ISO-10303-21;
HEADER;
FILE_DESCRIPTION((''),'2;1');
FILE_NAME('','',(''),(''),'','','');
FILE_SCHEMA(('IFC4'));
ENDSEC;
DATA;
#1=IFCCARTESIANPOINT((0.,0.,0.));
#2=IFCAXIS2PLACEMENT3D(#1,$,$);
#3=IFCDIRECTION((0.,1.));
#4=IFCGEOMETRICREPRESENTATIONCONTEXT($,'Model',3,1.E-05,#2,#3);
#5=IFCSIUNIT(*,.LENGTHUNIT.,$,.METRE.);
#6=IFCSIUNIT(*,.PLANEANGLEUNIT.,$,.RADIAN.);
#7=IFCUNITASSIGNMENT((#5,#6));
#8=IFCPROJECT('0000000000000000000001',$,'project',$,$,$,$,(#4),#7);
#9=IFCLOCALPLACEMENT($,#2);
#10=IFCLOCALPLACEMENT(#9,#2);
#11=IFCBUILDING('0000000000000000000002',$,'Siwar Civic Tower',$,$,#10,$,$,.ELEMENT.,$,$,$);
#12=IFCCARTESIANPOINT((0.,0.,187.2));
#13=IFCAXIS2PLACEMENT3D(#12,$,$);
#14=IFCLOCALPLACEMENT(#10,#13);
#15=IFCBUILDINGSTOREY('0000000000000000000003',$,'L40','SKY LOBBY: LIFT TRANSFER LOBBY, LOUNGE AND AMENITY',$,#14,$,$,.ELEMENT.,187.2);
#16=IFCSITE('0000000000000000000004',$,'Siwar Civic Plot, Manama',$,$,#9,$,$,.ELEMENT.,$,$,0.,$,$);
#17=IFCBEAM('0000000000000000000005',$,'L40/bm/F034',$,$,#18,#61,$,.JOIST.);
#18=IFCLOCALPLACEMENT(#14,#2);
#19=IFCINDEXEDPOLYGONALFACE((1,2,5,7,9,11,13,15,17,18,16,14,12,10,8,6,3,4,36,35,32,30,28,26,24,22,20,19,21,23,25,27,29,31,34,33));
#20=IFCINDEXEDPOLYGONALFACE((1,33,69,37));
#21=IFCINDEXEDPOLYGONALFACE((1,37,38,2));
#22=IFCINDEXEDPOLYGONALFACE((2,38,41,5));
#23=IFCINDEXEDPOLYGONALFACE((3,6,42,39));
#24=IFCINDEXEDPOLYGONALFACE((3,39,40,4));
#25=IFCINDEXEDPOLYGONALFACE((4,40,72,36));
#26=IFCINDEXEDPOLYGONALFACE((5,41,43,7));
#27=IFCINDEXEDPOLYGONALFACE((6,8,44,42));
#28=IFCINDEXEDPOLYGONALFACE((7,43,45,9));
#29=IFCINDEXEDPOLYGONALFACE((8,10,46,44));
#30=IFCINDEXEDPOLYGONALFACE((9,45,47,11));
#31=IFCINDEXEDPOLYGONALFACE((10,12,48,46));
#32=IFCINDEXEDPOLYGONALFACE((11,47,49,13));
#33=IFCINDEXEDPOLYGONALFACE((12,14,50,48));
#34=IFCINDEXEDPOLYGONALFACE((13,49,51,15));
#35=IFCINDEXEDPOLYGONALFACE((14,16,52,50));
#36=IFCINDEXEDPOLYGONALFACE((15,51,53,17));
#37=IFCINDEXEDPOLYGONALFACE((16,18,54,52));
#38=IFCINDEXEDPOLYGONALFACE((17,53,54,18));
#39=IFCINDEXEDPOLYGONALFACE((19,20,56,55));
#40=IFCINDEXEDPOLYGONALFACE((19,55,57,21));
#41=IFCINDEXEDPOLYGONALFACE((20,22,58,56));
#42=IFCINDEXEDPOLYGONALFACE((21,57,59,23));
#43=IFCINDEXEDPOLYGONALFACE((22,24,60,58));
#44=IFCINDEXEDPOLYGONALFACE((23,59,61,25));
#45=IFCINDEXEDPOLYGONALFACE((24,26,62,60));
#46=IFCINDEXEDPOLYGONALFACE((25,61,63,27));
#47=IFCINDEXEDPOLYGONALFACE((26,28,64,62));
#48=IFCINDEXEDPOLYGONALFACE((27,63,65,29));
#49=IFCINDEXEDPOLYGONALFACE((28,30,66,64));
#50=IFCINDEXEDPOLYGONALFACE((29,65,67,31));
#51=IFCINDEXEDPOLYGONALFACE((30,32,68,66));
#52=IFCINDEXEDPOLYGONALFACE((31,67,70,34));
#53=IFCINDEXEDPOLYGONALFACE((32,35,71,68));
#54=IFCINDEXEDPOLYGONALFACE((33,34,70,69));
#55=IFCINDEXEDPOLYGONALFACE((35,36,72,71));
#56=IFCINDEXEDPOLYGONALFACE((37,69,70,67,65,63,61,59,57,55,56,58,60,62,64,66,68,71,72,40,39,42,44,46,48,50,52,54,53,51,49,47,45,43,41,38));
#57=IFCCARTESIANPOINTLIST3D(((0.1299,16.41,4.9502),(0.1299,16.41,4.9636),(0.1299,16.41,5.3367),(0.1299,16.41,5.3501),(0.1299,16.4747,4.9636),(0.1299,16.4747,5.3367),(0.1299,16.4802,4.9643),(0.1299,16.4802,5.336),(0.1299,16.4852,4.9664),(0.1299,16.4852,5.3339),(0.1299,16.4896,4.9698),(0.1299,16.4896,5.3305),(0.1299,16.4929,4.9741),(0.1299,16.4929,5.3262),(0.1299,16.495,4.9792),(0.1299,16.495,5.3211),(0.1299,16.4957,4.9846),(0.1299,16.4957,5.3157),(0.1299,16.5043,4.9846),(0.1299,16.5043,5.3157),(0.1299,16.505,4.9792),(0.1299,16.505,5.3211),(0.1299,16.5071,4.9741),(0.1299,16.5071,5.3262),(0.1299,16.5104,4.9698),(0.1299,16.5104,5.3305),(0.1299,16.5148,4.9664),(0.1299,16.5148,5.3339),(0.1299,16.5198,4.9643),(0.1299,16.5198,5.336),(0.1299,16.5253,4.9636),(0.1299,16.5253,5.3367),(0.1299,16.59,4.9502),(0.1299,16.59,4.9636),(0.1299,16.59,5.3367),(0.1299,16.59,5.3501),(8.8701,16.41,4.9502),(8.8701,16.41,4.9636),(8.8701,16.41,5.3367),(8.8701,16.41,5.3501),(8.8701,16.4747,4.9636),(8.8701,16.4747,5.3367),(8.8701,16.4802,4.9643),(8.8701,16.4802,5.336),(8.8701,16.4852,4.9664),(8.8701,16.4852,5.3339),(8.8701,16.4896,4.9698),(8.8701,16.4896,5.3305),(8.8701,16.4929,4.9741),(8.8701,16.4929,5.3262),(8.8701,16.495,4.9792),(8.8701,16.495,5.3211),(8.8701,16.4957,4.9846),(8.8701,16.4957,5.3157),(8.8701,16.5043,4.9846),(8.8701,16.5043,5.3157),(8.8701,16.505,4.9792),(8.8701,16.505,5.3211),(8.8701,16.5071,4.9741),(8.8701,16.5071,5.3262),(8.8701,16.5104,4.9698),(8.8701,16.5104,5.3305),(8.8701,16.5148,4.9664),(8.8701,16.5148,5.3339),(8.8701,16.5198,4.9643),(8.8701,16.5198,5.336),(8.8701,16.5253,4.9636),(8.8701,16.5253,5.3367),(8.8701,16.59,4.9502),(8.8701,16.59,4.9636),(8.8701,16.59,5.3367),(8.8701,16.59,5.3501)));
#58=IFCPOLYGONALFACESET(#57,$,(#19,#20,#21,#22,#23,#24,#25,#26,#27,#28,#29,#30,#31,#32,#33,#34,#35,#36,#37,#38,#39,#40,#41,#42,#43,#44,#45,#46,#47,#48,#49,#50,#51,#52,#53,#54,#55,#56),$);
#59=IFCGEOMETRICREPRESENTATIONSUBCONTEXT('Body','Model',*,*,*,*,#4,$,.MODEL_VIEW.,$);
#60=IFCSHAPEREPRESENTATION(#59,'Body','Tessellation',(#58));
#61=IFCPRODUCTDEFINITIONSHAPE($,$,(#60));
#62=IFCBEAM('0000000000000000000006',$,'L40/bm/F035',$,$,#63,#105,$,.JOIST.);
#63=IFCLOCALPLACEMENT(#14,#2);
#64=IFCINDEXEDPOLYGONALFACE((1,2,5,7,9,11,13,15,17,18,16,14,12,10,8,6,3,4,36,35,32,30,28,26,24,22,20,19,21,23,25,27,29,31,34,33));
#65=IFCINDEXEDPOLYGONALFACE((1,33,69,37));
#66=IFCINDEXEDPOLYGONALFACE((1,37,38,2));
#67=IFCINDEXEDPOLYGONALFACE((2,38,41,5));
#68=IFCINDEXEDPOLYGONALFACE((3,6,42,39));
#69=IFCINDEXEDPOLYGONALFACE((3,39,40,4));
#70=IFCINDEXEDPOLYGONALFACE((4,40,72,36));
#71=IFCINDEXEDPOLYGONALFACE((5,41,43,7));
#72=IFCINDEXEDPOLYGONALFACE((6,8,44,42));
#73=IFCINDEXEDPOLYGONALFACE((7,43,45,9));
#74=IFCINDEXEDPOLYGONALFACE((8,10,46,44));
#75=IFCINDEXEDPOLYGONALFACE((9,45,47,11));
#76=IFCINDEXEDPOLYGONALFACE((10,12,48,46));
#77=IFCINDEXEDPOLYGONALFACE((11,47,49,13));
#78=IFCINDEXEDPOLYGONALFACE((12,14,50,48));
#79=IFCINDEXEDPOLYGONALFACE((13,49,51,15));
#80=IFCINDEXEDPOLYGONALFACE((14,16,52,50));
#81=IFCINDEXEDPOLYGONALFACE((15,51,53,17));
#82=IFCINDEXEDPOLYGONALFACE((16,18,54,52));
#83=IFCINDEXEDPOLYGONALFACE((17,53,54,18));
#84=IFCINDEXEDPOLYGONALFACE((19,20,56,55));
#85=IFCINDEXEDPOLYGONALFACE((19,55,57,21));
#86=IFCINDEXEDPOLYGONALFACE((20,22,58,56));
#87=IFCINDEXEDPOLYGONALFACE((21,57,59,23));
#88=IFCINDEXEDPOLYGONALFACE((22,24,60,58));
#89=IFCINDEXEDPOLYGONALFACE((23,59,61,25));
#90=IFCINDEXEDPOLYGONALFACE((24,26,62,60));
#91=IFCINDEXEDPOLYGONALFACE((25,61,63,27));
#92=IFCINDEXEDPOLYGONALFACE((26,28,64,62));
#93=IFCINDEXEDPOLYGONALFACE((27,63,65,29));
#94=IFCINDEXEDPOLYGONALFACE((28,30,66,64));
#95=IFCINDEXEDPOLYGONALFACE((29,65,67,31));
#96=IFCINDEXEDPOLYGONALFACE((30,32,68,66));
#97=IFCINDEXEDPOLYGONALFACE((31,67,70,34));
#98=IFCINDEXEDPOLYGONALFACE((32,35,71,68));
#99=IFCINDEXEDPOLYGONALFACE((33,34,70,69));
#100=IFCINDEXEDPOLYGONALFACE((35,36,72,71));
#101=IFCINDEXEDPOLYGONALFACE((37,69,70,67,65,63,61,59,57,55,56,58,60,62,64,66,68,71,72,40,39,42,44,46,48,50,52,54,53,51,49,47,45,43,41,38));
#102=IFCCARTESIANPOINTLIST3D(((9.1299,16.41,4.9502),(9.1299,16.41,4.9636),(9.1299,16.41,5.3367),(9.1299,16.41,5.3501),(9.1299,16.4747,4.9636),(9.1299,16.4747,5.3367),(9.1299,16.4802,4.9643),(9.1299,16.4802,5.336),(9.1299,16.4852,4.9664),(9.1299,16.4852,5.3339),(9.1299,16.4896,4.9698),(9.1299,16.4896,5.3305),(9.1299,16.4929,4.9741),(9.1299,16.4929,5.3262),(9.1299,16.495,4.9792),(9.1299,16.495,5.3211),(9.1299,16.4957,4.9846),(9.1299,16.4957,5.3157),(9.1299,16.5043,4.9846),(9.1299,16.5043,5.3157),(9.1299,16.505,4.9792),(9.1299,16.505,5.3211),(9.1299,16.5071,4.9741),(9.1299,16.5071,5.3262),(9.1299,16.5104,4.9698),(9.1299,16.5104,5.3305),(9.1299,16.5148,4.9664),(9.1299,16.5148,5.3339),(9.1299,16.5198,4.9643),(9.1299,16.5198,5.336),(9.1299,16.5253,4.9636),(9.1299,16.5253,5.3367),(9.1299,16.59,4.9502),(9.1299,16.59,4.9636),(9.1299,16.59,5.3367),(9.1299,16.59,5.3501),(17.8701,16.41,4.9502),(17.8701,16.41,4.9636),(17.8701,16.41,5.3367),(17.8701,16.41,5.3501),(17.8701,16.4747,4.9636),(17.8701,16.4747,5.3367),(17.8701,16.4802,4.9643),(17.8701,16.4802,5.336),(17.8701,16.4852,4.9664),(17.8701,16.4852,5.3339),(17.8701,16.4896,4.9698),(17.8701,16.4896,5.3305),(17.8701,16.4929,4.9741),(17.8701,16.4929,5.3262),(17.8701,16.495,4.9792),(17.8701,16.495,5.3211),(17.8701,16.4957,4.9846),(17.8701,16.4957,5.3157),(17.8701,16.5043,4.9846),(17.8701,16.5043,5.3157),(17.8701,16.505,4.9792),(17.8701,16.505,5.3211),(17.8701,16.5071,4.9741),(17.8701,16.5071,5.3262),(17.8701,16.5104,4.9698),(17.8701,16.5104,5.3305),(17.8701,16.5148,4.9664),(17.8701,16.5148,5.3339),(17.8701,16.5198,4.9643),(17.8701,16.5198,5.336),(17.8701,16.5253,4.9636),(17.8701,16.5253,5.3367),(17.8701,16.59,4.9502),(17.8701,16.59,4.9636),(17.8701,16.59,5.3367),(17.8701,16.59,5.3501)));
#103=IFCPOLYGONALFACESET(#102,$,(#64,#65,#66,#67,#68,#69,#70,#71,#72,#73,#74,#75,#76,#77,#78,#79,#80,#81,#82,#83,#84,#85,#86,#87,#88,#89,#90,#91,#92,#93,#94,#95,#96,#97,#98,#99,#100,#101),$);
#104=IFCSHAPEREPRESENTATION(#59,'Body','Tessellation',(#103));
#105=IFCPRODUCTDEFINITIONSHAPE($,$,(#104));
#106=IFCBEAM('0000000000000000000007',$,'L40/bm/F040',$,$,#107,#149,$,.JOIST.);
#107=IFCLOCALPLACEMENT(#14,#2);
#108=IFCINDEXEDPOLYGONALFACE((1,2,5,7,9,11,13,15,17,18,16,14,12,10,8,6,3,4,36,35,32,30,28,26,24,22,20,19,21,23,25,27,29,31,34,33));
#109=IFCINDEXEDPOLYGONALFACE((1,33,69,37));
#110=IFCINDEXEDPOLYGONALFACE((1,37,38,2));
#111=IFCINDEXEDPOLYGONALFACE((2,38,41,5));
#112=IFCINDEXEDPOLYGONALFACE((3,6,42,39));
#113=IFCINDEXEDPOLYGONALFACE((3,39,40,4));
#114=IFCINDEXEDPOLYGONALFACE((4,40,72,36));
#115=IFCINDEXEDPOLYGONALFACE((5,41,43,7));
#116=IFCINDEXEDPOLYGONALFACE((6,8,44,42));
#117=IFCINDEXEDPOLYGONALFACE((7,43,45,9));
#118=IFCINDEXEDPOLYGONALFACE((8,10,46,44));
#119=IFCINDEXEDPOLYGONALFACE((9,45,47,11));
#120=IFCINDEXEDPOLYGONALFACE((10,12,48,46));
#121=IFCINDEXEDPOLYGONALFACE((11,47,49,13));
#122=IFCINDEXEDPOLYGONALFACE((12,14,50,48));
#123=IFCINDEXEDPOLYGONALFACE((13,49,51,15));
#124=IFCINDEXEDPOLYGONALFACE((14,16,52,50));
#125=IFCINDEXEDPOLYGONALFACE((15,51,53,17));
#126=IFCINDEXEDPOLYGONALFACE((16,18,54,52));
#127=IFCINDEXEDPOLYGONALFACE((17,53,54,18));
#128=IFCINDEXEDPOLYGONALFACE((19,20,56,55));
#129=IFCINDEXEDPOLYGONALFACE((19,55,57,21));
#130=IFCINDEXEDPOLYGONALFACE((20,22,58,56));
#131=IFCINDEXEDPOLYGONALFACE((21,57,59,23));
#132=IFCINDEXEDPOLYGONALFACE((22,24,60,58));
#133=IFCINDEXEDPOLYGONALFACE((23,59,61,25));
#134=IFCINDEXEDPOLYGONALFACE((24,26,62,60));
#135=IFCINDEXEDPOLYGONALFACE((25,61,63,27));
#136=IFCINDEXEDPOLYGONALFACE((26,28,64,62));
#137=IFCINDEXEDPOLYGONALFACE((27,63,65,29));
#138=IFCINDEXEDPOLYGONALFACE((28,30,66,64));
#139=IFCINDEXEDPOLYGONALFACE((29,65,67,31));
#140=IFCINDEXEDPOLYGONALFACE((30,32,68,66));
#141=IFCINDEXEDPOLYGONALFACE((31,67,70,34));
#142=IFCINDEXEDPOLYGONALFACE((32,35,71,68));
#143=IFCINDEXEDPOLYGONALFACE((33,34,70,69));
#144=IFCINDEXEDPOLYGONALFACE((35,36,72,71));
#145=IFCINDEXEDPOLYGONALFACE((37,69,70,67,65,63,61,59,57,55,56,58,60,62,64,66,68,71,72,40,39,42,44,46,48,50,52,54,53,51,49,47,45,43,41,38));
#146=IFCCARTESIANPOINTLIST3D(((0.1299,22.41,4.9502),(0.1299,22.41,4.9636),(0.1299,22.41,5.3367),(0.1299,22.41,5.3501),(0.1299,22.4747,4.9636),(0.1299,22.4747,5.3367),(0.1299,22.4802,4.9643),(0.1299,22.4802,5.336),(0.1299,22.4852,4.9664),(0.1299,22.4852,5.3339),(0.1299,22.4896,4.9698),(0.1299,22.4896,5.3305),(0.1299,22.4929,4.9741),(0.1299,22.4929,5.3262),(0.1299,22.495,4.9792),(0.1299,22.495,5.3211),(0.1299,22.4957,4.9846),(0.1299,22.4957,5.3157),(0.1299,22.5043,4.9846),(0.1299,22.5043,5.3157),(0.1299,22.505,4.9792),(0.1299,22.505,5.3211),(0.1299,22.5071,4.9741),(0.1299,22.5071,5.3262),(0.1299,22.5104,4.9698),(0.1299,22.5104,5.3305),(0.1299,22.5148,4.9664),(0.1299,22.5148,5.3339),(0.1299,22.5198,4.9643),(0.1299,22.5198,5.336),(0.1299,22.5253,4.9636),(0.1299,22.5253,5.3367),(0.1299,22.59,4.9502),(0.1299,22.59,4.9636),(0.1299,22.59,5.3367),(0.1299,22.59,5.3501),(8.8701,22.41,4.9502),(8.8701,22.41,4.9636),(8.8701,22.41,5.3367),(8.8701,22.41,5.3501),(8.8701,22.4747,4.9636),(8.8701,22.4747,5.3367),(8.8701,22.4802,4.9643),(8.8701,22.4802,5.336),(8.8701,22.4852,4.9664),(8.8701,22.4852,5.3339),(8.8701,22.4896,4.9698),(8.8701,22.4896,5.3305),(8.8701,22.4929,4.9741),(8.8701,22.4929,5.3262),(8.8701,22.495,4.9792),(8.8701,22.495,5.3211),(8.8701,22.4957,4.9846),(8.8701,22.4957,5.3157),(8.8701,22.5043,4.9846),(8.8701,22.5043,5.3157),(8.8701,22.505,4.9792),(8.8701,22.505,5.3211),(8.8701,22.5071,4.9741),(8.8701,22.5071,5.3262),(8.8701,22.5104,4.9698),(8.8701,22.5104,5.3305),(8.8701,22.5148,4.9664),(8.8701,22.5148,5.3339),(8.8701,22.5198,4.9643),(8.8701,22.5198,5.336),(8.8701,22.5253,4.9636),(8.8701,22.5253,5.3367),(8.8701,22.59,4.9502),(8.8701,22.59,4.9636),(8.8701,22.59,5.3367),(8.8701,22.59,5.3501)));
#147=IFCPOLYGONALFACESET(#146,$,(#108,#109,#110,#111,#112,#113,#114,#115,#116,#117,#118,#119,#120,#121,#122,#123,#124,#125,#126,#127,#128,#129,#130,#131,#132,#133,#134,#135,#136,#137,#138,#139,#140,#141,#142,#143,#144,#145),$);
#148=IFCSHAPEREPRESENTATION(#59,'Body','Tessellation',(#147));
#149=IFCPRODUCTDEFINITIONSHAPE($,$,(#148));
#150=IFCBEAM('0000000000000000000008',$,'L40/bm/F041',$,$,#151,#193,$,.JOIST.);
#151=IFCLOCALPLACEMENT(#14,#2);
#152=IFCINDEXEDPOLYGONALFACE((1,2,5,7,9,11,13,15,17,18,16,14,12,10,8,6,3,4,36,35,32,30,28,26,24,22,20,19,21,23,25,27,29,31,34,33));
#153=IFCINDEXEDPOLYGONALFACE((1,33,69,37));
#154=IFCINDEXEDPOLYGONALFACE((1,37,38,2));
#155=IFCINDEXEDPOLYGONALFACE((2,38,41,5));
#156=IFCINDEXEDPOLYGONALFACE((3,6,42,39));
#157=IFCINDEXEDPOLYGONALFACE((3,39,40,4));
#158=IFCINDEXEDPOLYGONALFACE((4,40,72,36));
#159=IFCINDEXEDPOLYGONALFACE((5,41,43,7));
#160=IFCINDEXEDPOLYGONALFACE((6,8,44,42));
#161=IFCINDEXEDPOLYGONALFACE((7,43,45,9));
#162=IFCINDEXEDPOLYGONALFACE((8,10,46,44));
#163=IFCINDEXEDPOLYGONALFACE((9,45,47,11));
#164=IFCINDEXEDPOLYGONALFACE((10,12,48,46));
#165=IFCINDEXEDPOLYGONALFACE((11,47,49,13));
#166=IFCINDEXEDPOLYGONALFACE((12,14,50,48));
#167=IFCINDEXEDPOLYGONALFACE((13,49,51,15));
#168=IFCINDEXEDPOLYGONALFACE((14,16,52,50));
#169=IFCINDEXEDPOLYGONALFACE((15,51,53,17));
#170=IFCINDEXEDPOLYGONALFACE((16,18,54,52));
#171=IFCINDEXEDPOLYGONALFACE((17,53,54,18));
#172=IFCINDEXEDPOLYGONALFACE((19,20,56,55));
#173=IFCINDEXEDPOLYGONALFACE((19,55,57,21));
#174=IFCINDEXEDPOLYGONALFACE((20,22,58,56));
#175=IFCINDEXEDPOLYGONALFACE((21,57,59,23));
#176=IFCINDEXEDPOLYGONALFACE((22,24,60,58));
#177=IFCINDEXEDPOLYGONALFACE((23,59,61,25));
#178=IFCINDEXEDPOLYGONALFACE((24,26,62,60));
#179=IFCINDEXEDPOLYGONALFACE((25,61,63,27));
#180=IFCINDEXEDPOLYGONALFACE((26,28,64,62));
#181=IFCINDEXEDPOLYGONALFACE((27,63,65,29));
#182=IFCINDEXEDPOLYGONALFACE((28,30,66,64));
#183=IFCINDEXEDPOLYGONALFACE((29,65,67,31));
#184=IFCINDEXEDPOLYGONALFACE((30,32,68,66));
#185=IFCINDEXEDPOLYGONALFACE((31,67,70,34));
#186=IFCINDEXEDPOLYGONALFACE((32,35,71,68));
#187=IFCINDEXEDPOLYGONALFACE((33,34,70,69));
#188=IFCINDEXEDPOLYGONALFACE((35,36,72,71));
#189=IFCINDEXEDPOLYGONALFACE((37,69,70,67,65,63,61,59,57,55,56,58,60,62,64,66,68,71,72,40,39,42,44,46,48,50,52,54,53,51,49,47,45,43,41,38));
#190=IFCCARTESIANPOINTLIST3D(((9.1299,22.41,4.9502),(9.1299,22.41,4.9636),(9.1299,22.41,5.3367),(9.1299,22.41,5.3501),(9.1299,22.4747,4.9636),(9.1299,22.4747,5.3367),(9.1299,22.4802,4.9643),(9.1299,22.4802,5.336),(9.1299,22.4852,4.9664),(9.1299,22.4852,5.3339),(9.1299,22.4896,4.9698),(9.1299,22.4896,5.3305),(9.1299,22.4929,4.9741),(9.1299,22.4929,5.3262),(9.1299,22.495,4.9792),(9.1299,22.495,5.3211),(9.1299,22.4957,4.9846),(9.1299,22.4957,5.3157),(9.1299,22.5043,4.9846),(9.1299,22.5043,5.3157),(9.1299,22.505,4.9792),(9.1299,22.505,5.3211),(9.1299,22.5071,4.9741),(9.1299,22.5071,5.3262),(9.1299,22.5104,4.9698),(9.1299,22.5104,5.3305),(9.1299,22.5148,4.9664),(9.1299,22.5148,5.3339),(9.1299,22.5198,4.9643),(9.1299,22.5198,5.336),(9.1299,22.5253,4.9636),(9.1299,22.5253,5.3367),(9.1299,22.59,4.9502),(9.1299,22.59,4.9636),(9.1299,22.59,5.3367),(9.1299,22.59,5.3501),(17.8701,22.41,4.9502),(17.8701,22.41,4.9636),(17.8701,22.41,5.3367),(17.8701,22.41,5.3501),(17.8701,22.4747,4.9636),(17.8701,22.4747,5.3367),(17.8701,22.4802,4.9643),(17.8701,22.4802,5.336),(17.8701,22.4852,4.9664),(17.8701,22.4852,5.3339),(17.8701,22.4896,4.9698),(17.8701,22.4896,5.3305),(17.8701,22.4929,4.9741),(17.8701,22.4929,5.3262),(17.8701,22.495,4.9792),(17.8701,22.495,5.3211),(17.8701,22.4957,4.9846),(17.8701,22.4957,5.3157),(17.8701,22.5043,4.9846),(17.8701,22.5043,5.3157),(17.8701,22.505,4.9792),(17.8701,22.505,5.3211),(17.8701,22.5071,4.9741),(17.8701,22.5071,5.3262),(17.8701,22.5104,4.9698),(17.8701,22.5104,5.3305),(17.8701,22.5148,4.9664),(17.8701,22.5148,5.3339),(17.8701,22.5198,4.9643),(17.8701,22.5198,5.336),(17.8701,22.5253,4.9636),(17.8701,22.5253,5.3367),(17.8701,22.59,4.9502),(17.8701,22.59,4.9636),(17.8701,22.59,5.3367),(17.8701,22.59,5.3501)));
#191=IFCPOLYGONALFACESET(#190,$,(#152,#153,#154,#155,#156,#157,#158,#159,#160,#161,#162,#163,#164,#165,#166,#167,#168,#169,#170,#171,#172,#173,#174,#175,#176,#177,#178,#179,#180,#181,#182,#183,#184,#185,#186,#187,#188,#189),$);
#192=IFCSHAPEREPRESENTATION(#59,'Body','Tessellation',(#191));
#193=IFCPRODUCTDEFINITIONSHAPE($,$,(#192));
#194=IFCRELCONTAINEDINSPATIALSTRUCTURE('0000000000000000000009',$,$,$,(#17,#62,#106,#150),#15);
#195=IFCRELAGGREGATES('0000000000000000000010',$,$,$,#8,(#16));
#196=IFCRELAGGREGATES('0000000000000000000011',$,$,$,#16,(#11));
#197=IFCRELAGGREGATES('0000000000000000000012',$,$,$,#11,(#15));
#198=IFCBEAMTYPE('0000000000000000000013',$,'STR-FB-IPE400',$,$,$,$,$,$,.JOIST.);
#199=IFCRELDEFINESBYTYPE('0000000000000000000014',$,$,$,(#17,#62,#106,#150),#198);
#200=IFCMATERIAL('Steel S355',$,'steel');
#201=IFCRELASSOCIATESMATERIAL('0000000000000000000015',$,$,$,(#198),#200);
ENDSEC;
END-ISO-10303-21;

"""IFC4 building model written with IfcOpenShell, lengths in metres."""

from ifc_helpers import new_model, si_unit, direction, frame, origin, origin_2d, place, context, subcontext, project, spatial, i_section, extrude, material, material_profile, profile_set, type_object, element, save


model = new_model("IFC4")

# Units and contexts
model_context = context("Model", 3, precision=1e-05, world=origin(), true_north=direction((0.0, 1.0)))
body_context = subcontext(model_context, "Body", "Model", "MODEL_VIEW")
ifc_project = project(units=[si_unit("LENGTHUNIT", "METRE"), si_unit("PLANEANGLEUNIT", "RADIAN")], contexts=[model_context])

# Site, building, storey
site_placement = place(None, origin())
site = spatial("IfcSite", under=ifc_project, at=site_placement, Name="Siwar Civic Plot, Manama", CompositionType="ELEMENT", RefElevation=0.0)
building_placement = place(site_placement, origin())
building = spatial("IfcBuilding", under=site, at=building_placement, Name="Siwar Civic Tower", CompositionType="ELEMENT")
storey_placement = place(building_placement, frame((0.0, 0.0, 187.2)))
storey = spatial("IfcBuildingStorey", under=building, at=storey_placement, Name="L40", Description="SKY LOBBY: LIFT TRANSFER LOBBY, LOUNGE AND AMENITY", CompositionType="ELEMENT", Elevation=187.2)

# Beams
ifc_material_1 = material(Name="Steel S355", Category="steel")
ifc_material_profile_1 = material_profile(ifc_material_1, i_section(OverallWidth=0.1799, OverallDepth=0.3999, WebThickness=0.0085, FlangeThickness=0.0134, FilletRadius=0.021, at=origin_2d()), Name="IPE400")
ifc_profile_set_1 = profile_set([ifc_material_profile_1], Name="Steel S355")
beam_type_1 = type_object("IfcBeamType", Name="STR-FB-IPE400", PredefinedType="JOIST", material=ifc_profile_set_1)
for number, where, z_axis, x_axis, name in (
    (1, (0.1299, 16.5, 5.1501), (1.0, 0.0, 0.0), (0.0, 1.0, 0.0), "L40/bm/F034"),
    (2, (9.1299, 16.5, 5.1501), (1.0, 0.0, 0.0), (0.0, 1.0, 0.0), "L40/bm/F035"),
    (3, (0.1299, 22.5, 5.1501), (1.0, 0.0, 0.0), (0.0, 1.0, 0.0), "L40/bm/F040"),
    (4, (9.1299, 22.5, 5.1501), (1.0, 0.0, 0.0), (0.0, 1.0, 0.0), "L40/bm/F041"),
):
    element("IfcBeam", number, at=place(storey_placement, frame(where, z_axis=z_axis, x_axis=x_axis)), inside=storey, type_object=beam_type_1, Name=name, PredefinedType="JOIST", context=body_context, shape_type="SweptSolid", body=[
        extrude(i_section(OverallWidth=0.1799, OverallDepth=0.3999, WebThickness=0.0085, FlangeThickness=0.0134, FilletRadius=0.021, at=origin_2d()), origin(), (0.0, 0.0, 1.0), 8.7402),
    ])

save(model, "model.ifc")
